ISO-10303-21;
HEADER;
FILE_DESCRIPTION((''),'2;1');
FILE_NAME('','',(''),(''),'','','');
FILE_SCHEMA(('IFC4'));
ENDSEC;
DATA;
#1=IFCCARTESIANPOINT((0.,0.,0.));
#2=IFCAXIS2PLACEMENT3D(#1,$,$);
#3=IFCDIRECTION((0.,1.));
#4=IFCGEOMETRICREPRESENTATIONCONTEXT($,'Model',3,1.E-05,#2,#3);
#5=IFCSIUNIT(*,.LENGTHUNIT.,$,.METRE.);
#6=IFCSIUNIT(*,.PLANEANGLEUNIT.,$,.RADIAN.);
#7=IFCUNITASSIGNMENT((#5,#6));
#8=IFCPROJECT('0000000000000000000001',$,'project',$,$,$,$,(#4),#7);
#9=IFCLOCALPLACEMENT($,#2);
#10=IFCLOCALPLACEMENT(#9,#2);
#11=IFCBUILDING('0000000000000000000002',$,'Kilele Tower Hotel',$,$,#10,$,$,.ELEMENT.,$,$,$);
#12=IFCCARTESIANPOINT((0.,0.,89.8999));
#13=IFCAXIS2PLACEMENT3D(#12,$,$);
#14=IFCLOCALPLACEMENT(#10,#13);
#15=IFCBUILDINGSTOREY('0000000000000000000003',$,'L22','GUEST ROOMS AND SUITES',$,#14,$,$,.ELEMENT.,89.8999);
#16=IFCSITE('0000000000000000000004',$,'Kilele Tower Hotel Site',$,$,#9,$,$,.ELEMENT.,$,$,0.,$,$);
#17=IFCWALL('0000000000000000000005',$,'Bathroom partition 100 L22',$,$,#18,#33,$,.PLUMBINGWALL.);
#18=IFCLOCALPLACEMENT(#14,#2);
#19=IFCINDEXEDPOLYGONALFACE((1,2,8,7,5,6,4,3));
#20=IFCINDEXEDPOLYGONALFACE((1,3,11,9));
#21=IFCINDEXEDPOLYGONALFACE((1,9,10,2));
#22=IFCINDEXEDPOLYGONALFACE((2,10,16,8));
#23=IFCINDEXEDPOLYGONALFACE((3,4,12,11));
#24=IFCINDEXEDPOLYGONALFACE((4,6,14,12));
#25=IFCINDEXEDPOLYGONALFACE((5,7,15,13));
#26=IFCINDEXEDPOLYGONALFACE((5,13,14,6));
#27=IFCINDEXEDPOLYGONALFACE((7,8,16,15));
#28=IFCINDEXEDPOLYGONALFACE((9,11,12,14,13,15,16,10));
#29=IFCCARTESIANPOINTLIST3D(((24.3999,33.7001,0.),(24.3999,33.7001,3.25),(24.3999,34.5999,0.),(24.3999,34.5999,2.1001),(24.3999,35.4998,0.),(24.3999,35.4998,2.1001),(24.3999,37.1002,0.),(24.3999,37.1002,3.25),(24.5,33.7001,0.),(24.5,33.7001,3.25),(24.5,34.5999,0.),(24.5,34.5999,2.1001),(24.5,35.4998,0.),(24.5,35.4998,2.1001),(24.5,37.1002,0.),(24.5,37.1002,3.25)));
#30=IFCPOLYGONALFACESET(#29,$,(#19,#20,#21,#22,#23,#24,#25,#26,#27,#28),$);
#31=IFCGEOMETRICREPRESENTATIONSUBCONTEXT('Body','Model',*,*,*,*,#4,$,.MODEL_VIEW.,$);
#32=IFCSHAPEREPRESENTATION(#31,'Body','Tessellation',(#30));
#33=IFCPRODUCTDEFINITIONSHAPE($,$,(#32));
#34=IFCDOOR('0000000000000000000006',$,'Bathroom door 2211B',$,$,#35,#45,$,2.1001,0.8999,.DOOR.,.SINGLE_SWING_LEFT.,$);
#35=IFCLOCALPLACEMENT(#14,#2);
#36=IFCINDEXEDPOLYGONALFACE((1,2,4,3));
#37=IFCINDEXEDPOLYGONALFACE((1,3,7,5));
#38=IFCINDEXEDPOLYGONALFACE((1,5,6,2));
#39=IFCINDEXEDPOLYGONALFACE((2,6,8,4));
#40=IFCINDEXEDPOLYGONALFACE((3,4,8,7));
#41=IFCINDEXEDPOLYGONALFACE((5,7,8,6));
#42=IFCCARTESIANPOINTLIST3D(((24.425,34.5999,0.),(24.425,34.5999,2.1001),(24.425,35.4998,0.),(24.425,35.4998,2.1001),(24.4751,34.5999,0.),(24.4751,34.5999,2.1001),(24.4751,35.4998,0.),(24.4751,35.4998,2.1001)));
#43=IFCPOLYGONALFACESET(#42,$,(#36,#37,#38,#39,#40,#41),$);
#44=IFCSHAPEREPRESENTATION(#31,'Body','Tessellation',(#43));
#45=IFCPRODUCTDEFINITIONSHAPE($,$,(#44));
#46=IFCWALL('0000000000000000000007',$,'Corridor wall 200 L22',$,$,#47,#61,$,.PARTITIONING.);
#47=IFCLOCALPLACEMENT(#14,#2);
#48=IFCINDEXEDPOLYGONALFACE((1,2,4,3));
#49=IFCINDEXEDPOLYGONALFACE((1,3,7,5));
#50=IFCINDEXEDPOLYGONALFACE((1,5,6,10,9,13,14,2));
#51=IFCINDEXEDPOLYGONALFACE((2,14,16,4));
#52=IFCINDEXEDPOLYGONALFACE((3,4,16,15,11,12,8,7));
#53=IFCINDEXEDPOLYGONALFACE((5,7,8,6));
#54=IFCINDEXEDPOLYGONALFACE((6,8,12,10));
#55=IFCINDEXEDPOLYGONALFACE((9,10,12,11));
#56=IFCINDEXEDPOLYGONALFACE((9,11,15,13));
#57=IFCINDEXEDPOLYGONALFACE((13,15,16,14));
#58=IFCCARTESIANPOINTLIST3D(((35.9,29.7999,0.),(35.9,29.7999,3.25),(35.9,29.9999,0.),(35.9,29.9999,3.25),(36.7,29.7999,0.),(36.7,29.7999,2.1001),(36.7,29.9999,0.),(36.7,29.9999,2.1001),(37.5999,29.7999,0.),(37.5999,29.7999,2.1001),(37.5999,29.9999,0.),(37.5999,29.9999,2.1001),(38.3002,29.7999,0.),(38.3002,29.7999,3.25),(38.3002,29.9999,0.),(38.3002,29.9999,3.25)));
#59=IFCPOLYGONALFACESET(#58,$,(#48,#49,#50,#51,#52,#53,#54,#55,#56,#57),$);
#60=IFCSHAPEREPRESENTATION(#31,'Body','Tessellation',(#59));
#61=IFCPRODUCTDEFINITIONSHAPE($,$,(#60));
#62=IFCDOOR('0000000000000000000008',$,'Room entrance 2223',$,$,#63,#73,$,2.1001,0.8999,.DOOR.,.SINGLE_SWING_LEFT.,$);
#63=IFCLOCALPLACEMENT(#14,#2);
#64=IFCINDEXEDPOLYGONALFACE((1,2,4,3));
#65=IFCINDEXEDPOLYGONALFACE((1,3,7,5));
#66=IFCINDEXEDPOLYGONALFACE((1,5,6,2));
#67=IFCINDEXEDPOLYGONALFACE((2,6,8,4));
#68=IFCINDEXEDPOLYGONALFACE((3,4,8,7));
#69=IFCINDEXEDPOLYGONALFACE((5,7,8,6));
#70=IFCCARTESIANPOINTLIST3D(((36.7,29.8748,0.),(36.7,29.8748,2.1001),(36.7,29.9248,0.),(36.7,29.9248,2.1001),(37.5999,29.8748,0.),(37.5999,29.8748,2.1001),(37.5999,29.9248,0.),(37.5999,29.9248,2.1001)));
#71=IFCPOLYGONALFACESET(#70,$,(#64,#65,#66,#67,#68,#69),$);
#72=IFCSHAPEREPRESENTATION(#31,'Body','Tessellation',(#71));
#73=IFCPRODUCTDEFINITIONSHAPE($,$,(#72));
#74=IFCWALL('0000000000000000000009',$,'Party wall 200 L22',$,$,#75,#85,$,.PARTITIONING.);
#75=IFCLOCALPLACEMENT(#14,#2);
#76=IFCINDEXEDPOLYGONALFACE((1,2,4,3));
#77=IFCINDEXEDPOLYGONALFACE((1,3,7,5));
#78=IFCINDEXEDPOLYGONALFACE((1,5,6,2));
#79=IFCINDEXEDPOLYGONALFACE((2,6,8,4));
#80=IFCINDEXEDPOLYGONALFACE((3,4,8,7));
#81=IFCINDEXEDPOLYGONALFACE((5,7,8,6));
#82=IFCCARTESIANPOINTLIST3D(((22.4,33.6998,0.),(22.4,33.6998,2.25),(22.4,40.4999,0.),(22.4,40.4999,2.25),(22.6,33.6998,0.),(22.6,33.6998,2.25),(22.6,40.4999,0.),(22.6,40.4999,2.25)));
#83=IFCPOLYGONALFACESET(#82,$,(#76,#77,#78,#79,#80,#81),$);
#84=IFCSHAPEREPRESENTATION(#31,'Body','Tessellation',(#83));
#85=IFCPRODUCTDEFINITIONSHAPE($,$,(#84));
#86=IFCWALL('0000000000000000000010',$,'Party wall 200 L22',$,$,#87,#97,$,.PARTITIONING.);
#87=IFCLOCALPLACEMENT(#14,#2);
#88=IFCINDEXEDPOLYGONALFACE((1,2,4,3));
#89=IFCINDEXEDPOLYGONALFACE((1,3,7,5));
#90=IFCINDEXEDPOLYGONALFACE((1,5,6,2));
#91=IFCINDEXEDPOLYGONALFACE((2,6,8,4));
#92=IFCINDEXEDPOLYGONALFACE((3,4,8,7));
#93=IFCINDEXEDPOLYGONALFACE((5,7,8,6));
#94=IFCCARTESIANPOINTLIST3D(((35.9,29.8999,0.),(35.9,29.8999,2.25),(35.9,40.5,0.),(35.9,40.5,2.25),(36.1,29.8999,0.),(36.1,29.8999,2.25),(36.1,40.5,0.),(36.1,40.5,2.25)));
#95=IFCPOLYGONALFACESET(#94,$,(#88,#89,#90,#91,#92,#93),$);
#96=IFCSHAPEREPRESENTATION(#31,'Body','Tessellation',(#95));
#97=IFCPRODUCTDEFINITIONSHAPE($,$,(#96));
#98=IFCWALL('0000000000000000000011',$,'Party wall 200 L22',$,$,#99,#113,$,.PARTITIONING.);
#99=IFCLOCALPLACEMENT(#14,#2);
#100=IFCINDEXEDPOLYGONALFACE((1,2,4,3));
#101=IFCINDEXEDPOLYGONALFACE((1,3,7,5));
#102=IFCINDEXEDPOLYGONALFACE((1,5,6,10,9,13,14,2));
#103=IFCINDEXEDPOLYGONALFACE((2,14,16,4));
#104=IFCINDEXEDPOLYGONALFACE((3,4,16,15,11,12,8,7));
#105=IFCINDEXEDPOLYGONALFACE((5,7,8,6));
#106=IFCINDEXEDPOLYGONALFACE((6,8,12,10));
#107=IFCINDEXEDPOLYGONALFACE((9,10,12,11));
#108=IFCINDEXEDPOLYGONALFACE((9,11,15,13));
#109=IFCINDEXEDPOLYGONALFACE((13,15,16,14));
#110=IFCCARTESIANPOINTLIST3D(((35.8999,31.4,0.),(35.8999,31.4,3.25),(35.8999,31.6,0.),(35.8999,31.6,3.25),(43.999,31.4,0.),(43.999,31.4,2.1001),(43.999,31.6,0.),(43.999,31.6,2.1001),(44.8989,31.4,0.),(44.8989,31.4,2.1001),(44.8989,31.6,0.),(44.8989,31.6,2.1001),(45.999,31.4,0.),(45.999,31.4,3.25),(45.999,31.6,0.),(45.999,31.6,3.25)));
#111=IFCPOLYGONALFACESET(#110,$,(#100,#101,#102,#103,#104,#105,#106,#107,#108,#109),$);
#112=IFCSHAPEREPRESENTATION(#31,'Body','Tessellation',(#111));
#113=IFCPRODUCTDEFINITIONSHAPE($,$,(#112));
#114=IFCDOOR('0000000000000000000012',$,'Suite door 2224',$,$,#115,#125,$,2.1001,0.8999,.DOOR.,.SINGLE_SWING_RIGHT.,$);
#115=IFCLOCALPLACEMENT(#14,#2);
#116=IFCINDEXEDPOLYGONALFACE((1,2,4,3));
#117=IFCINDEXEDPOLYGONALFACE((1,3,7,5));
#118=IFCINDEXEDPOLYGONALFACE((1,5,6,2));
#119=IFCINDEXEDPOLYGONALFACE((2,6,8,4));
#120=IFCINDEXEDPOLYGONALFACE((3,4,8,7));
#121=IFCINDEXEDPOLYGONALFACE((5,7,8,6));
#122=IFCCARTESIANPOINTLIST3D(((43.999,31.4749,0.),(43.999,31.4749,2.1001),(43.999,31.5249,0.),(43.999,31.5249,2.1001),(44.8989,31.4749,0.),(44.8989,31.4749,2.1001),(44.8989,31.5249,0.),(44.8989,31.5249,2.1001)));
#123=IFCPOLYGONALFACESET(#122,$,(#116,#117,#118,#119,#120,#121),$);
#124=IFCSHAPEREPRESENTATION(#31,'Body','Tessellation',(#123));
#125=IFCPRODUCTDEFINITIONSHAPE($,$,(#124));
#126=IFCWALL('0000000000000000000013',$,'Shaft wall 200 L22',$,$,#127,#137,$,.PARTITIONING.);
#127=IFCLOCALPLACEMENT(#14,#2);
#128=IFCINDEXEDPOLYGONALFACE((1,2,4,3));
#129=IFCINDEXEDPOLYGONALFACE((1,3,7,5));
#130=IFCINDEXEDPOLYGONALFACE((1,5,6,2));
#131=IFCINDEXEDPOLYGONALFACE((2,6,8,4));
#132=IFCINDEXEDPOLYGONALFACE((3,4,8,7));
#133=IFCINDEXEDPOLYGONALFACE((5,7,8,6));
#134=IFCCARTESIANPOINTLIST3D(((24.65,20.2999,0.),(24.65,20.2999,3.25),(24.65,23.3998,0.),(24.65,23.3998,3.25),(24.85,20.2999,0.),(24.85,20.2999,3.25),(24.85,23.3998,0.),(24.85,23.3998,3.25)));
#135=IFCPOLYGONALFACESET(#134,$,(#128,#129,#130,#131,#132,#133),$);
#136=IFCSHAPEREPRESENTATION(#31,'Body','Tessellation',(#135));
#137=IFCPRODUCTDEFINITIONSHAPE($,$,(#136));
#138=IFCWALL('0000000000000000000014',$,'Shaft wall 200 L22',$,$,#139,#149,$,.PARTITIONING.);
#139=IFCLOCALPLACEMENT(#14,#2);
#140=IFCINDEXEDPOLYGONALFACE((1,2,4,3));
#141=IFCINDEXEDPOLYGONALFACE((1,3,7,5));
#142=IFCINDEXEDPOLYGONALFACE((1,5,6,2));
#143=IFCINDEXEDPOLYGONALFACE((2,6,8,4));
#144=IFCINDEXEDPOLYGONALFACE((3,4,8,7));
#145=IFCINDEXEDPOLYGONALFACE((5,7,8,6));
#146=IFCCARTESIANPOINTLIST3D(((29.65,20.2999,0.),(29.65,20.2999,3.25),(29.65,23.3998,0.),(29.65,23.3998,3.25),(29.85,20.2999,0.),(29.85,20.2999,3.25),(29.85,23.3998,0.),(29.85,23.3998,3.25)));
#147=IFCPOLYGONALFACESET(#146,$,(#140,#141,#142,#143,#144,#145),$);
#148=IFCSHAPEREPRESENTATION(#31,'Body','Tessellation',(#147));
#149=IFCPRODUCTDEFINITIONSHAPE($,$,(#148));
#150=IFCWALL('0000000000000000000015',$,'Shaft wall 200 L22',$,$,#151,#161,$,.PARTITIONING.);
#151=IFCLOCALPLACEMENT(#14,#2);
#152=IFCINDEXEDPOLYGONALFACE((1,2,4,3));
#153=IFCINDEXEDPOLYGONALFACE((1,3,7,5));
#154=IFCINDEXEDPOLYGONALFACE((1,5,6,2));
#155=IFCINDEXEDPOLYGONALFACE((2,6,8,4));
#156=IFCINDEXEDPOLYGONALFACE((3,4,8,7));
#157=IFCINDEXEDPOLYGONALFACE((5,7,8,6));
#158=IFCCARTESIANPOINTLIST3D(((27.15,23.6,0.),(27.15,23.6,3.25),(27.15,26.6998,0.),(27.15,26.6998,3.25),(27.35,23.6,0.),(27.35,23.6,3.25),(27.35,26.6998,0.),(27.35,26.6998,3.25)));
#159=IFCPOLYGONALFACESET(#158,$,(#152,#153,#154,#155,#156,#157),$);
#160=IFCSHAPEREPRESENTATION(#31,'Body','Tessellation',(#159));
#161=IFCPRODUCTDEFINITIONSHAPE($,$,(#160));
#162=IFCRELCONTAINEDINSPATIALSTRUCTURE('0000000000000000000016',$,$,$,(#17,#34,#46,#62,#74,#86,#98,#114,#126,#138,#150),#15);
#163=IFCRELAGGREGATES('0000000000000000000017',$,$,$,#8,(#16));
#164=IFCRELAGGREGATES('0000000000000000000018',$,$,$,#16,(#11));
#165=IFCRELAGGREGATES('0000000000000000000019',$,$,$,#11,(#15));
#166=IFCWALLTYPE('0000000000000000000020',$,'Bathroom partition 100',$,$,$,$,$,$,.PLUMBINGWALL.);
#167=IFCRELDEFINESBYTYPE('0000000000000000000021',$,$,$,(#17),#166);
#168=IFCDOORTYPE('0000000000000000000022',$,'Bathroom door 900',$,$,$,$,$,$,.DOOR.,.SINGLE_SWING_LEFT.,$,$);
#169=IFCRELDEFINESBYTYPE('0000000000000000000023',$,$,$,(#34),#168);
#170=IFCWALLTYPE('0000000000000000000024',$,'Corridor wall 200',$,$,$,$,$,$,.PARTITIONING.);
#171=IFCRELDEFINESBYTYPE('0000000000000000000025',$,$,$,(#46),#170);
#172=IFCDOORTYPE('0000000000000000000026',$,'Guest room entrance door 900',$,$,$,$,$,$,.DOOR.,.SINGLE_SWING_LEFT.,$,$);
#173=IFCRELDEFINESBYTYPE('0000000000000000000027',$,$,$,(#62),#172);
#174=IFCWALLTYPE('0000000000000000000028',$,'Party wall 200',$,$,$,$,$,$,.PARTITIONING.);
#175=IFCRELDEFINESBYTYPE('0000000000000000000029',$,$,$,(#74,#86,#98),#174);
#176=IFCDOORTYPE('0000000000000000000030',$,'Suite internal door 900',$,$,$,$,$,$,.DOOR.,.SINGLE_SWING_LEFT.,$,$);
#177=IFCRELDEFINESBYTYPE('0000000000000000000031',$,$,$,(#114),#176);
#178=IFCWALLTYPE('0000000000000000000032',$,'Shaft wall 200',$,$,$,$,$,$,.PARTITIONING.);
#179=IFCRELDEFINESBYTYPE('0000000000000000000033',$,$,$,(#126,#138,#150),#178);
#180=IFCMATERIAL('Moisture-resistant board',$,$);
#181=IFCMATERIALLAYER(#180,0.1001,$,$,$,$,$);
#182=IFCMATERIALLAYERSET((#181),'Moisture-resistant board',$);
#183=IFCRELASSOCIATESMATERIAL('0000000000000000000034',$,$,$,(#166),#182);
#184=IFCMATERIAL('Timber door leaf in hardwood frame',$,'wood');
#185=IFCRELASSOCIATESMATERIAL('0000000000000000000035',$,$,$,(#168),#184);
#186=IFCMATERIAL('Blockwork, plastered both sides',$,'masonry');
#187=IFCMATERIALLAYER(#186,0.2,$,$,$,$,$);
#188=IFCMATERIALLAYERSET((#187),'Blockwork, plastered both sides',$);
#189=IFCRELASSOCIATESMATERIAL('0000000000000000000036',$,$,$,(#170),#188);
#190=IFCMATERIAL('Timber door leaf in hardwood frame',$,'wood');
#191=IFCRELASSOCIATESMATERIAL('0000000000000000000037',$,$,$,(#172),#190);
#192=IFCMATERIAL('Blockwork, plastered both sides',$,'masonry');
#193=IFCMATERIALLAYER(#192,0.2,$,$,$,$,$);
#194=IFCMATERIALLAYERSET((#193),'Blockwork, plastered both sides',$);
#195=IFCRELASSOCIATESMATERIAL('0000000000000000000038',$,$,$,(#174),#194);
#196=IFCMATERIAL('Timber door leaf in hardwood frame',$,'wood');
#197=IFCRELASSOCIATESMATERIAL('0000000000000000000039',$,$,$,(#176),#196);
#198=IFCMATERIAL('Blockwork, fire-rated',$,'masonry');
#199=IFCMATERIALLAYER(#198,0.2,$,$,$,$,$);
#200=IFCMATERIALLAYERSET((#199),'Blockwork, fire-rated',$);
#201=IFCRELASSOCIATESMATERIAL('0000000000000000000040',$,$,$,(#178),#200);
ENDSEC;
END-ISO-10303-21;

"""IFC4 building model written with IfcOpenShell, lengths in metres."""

from ifc_helpers import new_model, si_unit, direction, frame, frame_2d, origin, place, context, subcontext, project, spatial, rectangle, extrude, material, layer, layer_set, type_object, element, fill, save


model = new_model("IFC4")

# Units and contexts
model_context = context("Model", 3, precision=1e-05, world=origin(), true_north=direction((0.0, 1.0)))
body_context = subcontext(model_context, "Body", "Model", "MODEL_VIEW")
ifc_project = project(units=[si_unit("LENGTHUNIT", "METRE"), si_unit("PLANEANGLEUNIT", "RADIAN")], contexts=[model_context])

# Site, building, storey
site_placement = place(None, origin())
site = spatial("IfcSite", under=ifc_project, at=site_placement, Name="Kilele Tower Hotel Site", CompositionType="ELEMENT", RefElevation=0.0)
building_placement = place(site_placement, origin())
building = spatial("IfcBuilding", under=site, at=building_placement, Name="Kilele Tower Hotel", CompositionType="ELEMENT")
storey_placement = place(building_placement, frame((0.0, 0.0, 89.8999)))
storey = spatial("IfcBuildingStorey", under=building, at=storey_placement, Name="L22", Description="GUEST ROOMS AND SUITES", CompositionType="ELEMENT", Elevation=89.8999)

# Walls, openings, doors
ifc_material_1 = material(Name="Moisture-resistant board")
ifc_layer_1 = layer(ifc_material_1, 0.1001)
ifc_layer_set_1 = layer_set([ifc_layer_1], Name="Moisture-resistant board")
wall_type_1 = type_object("IfcWallType", Name="Bathroom partition 100", PredefinedType="PLUMBINGWALL", material=ifc_layer_set_1)
wall_1_placement = place(storey_placement, frame((24.45, 33.7, 0.0), z_axis=(0.0, 0.0, 1.0), x_axis=(0.0, 1.0, 0.0)))
wall_1 = element("IfcWall", 1, at=wall_1_placement, inside=storey, type_object=wall_type_1, Name="Bathroom partition 100 L22", PredefinedType="PLUMBINGWALL", context=body_context, shape_type="SweptSolid", body=[
    extrude(rectangle(XDim=3.4001, YDim=0.1001, at=frame_2d((1.7002, 0.0))), origin(), (0.0, 0.0, 1.0), 3.25),
])
opening_1_placement = place(wall_1_placement, frame((0.8999, 0.0, 0.0)))
opening_1 = element("IfcOpeningElement", 2, at=opening_1_placement, cuts=wall_1, PredefinedType="OPENING", context=body_context, shape_type="SweptSolid", body=[
    extrude(rectangle(XDim=0.8999, YDim=2.1001, at=frame_2d((0.45, 1.05))), frame((0.0, 0.0601, 0.0), z_axis=(0.0, -1.0, 0.0), x_axis=(1.0, 0.0, 0.0)), (0.0, 0.0, 1.0), 0.1201),
])
ifc_material_2 = material(Name="Timber door leaf in hardwood frame", Category="wood")
door_type_1 = type_object("IfcDoorType", Name="Bathroom door 900", OperationType="SINGLE_SWING_LEFT", PredefinedType="DOOR", material=ifc_material_2)
door_1_placement = place(opening_1_placement, origin())
door_1 = element("IfcDoor", 3, at=door_1_placement, inside=storey, type_object=door_type_1, Name="Bathroom door 2211B", OperationType="SINGLE_SWING_LEFT", OverallHeight=2.1001, OverallWidth=0.8999, PredefinedType="DOOR", context=body_context, shape_type="SweptSolid", body=[
    extrude(rectangle(XDim=0.8999, YDim=2.1001, at=frame_2d((0.45, 1.05))), frame((0.0, 0.0249, 0.0), z_axis=(0.0, -1.0, 0.0), x_axis=(1.0, 0.0, 0.0)), (0.0, 0.0, 1.0), 0.05),
])
fill(opening_1, door_1)
ifc_material_3 = material(Name="Blockwork, plastered both sides", Category="masonry")
ifc_layer_2 = layer(ifc_material_3, 0.2)
ifc_layer_set_2 = layer_set([ifc_layer_2], Name="Blockwork, plastered both sides")
wall_type_2 = type_object("IfcWallType", Name="Corridor wall 200", PredefinedType="PARTITIONING", material=ifc_layer_set_2)
wall_2_placement = place(storey_placement, frame((35.8999, 29.8999, 0.0), z_axis=(0.0, 0.0, 1.0), x_axis=(1.0, 0.0, 0.0)))
wall_2 = element("IfcWall", 4, at=wall_2_placement, inside=storey, type_object=wall_type_2, Name="Corridor wall 200 L22", PredefinedType="PARTITIONING", context=body_context, shape_type="SweptSolid", body=[
    extrude(rectangle(XDim=2.4001, YDim=0.2, at=frame_2d((1.2002, 0.0))), origin(), (0.0, 0.0, 1.0), 3.25),
])
opening_2_placement = place(wall_2_placement, frame((0.8, 0.0, 0.0)))
opening_2 = element("IfcOpeningElement", 5, at=opening_2_placement, cuts=wall_2, PredefinedType="OPENING", context=body_context, shape_type="SweptSolid", body=[
    extrude(rectangle(XDim=0.8999, YDim=2.1001, at=frame_2d((0.45, 1.05))), frame((0.0, 0.1099, 0.0), z_axis=(0.0, -1.0, 0.0), x_axis=(1.0, 0.0, 0.0)), (0.0, 0.0, 1.0), 0.22),
])
ifc_material_4 = material(Name="Timber door leaf in hardwood frame", Category="wood")
door_type_2 = type_object("IfcDoorType", Name="Guest room entrance door 900", OperationType="SINGLE_SWING_LEFT", PredefinedType="DOOR", material=ifc_material_4)
door_2_placement = place(opening_2_placement, origin())
door_2 = element("IfcDoor", 6, at=door_2_placement, inside=storey, type_object=door_type_2, Name="Room entrance 2223", OperationType="SINGLE_SWING_LEFT", OverallHeight=2.1001, OverallWidth=0.8999, PredefinedType="DOOR", context=body_context, shape_type="SweptSolid", body=[
    extrude(rectangle(XDim=0.8999, YDim=2.1001, at=frame_2d((0.45, 1.05))), frame((0.0, 0.0249, 0.0), z_axis=(0.0, -1.0, 0.0), x_axis=(1.0, 0.0, 0.0)), (0.0, 0.0, 1.0), 0.05),
])
fill(opening_2, door_2)

# Walls
ifc_material_5 = material(Name="Blockwork, plastered both sides", Category="masonry")
ifc_layer_3 = layer(ifc_material_5, 0.2)
ifc_layer_set_3 = layer_set([ifc_layer_3], Name="Blockwork, plastered both sides")
wall_type_3 = type_object("IfcWallType", Name="Party wall 200", PredefinedType="PARTITIONING", material=ifc_layer_set_3)
wall_3_placement = place(storey_placement, frame((22.5, 33.7, 0.0), z_axis=(0.0, 0.0, 1.0), x_axis=(0.0, 1.0, 0.0)))
element("IfcWall", 7, at=wall_3_placement, inside=storey, type_object=wall_type_3, Name="Party wall 200 L22", PredefinedType="PARTITIONING", context=body_context, shape_type="SweptSolid", body=[
    extrude(rectangle(XDim=6.8, YDim=0.2, at=frame_2d((3.3999, 0.0))), origin(), (0.0, 0.0, 1.0), 2.25),
])
wall_4_placement = place(storey_placement, frame((36.0, 29.8999, 0.0), z_axis=(0.0, 0.0, 1.0), x_axis=(0.0, 1.0, 0.0)))
element("IfcWall", 8, at=wall_4_placement, inside=storey, type_object=wall_type_3, Name="Party wall 200 L22", PredefinedType="PARTITIONING", context=body_context, shape_type="SweptSolid", body=[
    extrude(rectangle(XDim=10.6001, YDim=0.2, at=frame_2d((5.3, 0.0))), origin(), (0.0, 0.0, 1.0), 2.25),
])

# Wall, opening, door
wall_5_placement = place(storey_placement, frame((35.8999, 31.5, 0.0), z_axis=(0.0, 0.0, 1.0), x_axis=(1.0, 0.0, 0.0)))
wall_5 = element("IfcWall", 9, at=wall_5_placement, inside=storey, type_object=wall_type_3, Name="Party wall 200 L22", PredefinedType="PARTITIONING", context=body_context, shape_type="SweptSolid", body=[
    extrude(rectangle(XDim=10.0991, YDim=0.2, at=frame_2d((5.0496, 0.0))), origin(), (0.0, 0.0, 1.0), 3.25),
])
opening_3_placement = place(wall_5_placement, frame((8.0991, 0.0, 0.0)))
opening_3 = element("IfcOpeningElement", 10, at=opening_3_placement, cuts=wall_5, PredefinedType="OPENING", context=body_context, shape_type="SweptSolid", body=[
    extrude(rectangle(XDim=0.8999, YDim=2.1001, at=frame_2d((0.45, 1.05))), frame((0.0, 0.1099, 0.0), z_axis=(0.0, -1.0, 0.0), x_axis=(1.0, 0.0, 0.0)), (0.0, 0.0, 1.0), 0.22),
])
ifc_material_6 = material(Name="Timber door leaf in hardwood frame", Category="wood")
door_type_3 = type_object("IfcDoorType", Name="Suite internal door 900", OperationType="SINGLE_SWING_LEFT", PredefinedType="DOOR", material=ifc_material_6)
door_3_placement = place(opening_3_placement, origin())
door_3 = element("IfcDoor", 11, at=door_3_placement, inside=storey, type_object=door_type_3, Name="Suite door 2224", OperationType="SINGLE_SWING_RIGHT", OverallHeight=2.1001, OverallWidth=0.8999, PredefinedType="DOOR", context=body_context, shape_type="SweptSolid", body=[
    extrude(rectangle(XDim=0.8999, YDim=2.1001, at=frame_2d((0.45, 1.05))), frame((0.0, 0.0249, 0.0), z_axis=(0.0, -1.0, 0.0), x_axis=(1.0, 0.0, 0.0)), (0.0, 0.0, 1.0), 0.05),
])
fill(opening_3, door_3)

# Walls
ifc_material_7 = material(Name="Blockwork, fire-rated", Category="masonry")
ifc_layer_4 = layer(ifc_material_7, 0.2)
ifc_layer_set_4 = layer_set([ifc_layer_4], Name="Blockwork, fire-rated")
wall_type_4 = type_object("IfcWallType", Name="Shaft wall 200", PredefinedType="PARTITIONING", material=ifc_layer_set_4)
for number, where, z_axis, x_axis, name in (
    (12, (24.75, 20.3, 0.0), (0.0, 0.0, 1.0), (0.0, 1.0, 0.0), "Shaft wall 200 L22"),
    (13, (29.75, 20.3, 0.0), (0.0, 0.0, 1.0), (0.0, 1.0, 0.0), "Shaft wall 200 L22"),
    (14, (27.25, 23.6001, 0.0), (0.0, 0.0, 1.0), (0.0, 1.0, 0.0), "Shaft wall 200 L22"),
):
    element("IfcWall", number, at=place(storey_placement, frame(where, z_axis=z_axis, x_axis=x_axis)), inside=storey, type_object=wall_type_4, Name=name, PredefinedType="PARTITIONING", context=body_context, shape_type="SweptSolid", body=[
        extrude(rectangle(XDim=3.0999, YDim=0.2, at=frame_2d((1.5498, 0.0))), origin(), (0.0, 0.0, 1.0), 3.25),
    ])

save(model, "model.ifc")
